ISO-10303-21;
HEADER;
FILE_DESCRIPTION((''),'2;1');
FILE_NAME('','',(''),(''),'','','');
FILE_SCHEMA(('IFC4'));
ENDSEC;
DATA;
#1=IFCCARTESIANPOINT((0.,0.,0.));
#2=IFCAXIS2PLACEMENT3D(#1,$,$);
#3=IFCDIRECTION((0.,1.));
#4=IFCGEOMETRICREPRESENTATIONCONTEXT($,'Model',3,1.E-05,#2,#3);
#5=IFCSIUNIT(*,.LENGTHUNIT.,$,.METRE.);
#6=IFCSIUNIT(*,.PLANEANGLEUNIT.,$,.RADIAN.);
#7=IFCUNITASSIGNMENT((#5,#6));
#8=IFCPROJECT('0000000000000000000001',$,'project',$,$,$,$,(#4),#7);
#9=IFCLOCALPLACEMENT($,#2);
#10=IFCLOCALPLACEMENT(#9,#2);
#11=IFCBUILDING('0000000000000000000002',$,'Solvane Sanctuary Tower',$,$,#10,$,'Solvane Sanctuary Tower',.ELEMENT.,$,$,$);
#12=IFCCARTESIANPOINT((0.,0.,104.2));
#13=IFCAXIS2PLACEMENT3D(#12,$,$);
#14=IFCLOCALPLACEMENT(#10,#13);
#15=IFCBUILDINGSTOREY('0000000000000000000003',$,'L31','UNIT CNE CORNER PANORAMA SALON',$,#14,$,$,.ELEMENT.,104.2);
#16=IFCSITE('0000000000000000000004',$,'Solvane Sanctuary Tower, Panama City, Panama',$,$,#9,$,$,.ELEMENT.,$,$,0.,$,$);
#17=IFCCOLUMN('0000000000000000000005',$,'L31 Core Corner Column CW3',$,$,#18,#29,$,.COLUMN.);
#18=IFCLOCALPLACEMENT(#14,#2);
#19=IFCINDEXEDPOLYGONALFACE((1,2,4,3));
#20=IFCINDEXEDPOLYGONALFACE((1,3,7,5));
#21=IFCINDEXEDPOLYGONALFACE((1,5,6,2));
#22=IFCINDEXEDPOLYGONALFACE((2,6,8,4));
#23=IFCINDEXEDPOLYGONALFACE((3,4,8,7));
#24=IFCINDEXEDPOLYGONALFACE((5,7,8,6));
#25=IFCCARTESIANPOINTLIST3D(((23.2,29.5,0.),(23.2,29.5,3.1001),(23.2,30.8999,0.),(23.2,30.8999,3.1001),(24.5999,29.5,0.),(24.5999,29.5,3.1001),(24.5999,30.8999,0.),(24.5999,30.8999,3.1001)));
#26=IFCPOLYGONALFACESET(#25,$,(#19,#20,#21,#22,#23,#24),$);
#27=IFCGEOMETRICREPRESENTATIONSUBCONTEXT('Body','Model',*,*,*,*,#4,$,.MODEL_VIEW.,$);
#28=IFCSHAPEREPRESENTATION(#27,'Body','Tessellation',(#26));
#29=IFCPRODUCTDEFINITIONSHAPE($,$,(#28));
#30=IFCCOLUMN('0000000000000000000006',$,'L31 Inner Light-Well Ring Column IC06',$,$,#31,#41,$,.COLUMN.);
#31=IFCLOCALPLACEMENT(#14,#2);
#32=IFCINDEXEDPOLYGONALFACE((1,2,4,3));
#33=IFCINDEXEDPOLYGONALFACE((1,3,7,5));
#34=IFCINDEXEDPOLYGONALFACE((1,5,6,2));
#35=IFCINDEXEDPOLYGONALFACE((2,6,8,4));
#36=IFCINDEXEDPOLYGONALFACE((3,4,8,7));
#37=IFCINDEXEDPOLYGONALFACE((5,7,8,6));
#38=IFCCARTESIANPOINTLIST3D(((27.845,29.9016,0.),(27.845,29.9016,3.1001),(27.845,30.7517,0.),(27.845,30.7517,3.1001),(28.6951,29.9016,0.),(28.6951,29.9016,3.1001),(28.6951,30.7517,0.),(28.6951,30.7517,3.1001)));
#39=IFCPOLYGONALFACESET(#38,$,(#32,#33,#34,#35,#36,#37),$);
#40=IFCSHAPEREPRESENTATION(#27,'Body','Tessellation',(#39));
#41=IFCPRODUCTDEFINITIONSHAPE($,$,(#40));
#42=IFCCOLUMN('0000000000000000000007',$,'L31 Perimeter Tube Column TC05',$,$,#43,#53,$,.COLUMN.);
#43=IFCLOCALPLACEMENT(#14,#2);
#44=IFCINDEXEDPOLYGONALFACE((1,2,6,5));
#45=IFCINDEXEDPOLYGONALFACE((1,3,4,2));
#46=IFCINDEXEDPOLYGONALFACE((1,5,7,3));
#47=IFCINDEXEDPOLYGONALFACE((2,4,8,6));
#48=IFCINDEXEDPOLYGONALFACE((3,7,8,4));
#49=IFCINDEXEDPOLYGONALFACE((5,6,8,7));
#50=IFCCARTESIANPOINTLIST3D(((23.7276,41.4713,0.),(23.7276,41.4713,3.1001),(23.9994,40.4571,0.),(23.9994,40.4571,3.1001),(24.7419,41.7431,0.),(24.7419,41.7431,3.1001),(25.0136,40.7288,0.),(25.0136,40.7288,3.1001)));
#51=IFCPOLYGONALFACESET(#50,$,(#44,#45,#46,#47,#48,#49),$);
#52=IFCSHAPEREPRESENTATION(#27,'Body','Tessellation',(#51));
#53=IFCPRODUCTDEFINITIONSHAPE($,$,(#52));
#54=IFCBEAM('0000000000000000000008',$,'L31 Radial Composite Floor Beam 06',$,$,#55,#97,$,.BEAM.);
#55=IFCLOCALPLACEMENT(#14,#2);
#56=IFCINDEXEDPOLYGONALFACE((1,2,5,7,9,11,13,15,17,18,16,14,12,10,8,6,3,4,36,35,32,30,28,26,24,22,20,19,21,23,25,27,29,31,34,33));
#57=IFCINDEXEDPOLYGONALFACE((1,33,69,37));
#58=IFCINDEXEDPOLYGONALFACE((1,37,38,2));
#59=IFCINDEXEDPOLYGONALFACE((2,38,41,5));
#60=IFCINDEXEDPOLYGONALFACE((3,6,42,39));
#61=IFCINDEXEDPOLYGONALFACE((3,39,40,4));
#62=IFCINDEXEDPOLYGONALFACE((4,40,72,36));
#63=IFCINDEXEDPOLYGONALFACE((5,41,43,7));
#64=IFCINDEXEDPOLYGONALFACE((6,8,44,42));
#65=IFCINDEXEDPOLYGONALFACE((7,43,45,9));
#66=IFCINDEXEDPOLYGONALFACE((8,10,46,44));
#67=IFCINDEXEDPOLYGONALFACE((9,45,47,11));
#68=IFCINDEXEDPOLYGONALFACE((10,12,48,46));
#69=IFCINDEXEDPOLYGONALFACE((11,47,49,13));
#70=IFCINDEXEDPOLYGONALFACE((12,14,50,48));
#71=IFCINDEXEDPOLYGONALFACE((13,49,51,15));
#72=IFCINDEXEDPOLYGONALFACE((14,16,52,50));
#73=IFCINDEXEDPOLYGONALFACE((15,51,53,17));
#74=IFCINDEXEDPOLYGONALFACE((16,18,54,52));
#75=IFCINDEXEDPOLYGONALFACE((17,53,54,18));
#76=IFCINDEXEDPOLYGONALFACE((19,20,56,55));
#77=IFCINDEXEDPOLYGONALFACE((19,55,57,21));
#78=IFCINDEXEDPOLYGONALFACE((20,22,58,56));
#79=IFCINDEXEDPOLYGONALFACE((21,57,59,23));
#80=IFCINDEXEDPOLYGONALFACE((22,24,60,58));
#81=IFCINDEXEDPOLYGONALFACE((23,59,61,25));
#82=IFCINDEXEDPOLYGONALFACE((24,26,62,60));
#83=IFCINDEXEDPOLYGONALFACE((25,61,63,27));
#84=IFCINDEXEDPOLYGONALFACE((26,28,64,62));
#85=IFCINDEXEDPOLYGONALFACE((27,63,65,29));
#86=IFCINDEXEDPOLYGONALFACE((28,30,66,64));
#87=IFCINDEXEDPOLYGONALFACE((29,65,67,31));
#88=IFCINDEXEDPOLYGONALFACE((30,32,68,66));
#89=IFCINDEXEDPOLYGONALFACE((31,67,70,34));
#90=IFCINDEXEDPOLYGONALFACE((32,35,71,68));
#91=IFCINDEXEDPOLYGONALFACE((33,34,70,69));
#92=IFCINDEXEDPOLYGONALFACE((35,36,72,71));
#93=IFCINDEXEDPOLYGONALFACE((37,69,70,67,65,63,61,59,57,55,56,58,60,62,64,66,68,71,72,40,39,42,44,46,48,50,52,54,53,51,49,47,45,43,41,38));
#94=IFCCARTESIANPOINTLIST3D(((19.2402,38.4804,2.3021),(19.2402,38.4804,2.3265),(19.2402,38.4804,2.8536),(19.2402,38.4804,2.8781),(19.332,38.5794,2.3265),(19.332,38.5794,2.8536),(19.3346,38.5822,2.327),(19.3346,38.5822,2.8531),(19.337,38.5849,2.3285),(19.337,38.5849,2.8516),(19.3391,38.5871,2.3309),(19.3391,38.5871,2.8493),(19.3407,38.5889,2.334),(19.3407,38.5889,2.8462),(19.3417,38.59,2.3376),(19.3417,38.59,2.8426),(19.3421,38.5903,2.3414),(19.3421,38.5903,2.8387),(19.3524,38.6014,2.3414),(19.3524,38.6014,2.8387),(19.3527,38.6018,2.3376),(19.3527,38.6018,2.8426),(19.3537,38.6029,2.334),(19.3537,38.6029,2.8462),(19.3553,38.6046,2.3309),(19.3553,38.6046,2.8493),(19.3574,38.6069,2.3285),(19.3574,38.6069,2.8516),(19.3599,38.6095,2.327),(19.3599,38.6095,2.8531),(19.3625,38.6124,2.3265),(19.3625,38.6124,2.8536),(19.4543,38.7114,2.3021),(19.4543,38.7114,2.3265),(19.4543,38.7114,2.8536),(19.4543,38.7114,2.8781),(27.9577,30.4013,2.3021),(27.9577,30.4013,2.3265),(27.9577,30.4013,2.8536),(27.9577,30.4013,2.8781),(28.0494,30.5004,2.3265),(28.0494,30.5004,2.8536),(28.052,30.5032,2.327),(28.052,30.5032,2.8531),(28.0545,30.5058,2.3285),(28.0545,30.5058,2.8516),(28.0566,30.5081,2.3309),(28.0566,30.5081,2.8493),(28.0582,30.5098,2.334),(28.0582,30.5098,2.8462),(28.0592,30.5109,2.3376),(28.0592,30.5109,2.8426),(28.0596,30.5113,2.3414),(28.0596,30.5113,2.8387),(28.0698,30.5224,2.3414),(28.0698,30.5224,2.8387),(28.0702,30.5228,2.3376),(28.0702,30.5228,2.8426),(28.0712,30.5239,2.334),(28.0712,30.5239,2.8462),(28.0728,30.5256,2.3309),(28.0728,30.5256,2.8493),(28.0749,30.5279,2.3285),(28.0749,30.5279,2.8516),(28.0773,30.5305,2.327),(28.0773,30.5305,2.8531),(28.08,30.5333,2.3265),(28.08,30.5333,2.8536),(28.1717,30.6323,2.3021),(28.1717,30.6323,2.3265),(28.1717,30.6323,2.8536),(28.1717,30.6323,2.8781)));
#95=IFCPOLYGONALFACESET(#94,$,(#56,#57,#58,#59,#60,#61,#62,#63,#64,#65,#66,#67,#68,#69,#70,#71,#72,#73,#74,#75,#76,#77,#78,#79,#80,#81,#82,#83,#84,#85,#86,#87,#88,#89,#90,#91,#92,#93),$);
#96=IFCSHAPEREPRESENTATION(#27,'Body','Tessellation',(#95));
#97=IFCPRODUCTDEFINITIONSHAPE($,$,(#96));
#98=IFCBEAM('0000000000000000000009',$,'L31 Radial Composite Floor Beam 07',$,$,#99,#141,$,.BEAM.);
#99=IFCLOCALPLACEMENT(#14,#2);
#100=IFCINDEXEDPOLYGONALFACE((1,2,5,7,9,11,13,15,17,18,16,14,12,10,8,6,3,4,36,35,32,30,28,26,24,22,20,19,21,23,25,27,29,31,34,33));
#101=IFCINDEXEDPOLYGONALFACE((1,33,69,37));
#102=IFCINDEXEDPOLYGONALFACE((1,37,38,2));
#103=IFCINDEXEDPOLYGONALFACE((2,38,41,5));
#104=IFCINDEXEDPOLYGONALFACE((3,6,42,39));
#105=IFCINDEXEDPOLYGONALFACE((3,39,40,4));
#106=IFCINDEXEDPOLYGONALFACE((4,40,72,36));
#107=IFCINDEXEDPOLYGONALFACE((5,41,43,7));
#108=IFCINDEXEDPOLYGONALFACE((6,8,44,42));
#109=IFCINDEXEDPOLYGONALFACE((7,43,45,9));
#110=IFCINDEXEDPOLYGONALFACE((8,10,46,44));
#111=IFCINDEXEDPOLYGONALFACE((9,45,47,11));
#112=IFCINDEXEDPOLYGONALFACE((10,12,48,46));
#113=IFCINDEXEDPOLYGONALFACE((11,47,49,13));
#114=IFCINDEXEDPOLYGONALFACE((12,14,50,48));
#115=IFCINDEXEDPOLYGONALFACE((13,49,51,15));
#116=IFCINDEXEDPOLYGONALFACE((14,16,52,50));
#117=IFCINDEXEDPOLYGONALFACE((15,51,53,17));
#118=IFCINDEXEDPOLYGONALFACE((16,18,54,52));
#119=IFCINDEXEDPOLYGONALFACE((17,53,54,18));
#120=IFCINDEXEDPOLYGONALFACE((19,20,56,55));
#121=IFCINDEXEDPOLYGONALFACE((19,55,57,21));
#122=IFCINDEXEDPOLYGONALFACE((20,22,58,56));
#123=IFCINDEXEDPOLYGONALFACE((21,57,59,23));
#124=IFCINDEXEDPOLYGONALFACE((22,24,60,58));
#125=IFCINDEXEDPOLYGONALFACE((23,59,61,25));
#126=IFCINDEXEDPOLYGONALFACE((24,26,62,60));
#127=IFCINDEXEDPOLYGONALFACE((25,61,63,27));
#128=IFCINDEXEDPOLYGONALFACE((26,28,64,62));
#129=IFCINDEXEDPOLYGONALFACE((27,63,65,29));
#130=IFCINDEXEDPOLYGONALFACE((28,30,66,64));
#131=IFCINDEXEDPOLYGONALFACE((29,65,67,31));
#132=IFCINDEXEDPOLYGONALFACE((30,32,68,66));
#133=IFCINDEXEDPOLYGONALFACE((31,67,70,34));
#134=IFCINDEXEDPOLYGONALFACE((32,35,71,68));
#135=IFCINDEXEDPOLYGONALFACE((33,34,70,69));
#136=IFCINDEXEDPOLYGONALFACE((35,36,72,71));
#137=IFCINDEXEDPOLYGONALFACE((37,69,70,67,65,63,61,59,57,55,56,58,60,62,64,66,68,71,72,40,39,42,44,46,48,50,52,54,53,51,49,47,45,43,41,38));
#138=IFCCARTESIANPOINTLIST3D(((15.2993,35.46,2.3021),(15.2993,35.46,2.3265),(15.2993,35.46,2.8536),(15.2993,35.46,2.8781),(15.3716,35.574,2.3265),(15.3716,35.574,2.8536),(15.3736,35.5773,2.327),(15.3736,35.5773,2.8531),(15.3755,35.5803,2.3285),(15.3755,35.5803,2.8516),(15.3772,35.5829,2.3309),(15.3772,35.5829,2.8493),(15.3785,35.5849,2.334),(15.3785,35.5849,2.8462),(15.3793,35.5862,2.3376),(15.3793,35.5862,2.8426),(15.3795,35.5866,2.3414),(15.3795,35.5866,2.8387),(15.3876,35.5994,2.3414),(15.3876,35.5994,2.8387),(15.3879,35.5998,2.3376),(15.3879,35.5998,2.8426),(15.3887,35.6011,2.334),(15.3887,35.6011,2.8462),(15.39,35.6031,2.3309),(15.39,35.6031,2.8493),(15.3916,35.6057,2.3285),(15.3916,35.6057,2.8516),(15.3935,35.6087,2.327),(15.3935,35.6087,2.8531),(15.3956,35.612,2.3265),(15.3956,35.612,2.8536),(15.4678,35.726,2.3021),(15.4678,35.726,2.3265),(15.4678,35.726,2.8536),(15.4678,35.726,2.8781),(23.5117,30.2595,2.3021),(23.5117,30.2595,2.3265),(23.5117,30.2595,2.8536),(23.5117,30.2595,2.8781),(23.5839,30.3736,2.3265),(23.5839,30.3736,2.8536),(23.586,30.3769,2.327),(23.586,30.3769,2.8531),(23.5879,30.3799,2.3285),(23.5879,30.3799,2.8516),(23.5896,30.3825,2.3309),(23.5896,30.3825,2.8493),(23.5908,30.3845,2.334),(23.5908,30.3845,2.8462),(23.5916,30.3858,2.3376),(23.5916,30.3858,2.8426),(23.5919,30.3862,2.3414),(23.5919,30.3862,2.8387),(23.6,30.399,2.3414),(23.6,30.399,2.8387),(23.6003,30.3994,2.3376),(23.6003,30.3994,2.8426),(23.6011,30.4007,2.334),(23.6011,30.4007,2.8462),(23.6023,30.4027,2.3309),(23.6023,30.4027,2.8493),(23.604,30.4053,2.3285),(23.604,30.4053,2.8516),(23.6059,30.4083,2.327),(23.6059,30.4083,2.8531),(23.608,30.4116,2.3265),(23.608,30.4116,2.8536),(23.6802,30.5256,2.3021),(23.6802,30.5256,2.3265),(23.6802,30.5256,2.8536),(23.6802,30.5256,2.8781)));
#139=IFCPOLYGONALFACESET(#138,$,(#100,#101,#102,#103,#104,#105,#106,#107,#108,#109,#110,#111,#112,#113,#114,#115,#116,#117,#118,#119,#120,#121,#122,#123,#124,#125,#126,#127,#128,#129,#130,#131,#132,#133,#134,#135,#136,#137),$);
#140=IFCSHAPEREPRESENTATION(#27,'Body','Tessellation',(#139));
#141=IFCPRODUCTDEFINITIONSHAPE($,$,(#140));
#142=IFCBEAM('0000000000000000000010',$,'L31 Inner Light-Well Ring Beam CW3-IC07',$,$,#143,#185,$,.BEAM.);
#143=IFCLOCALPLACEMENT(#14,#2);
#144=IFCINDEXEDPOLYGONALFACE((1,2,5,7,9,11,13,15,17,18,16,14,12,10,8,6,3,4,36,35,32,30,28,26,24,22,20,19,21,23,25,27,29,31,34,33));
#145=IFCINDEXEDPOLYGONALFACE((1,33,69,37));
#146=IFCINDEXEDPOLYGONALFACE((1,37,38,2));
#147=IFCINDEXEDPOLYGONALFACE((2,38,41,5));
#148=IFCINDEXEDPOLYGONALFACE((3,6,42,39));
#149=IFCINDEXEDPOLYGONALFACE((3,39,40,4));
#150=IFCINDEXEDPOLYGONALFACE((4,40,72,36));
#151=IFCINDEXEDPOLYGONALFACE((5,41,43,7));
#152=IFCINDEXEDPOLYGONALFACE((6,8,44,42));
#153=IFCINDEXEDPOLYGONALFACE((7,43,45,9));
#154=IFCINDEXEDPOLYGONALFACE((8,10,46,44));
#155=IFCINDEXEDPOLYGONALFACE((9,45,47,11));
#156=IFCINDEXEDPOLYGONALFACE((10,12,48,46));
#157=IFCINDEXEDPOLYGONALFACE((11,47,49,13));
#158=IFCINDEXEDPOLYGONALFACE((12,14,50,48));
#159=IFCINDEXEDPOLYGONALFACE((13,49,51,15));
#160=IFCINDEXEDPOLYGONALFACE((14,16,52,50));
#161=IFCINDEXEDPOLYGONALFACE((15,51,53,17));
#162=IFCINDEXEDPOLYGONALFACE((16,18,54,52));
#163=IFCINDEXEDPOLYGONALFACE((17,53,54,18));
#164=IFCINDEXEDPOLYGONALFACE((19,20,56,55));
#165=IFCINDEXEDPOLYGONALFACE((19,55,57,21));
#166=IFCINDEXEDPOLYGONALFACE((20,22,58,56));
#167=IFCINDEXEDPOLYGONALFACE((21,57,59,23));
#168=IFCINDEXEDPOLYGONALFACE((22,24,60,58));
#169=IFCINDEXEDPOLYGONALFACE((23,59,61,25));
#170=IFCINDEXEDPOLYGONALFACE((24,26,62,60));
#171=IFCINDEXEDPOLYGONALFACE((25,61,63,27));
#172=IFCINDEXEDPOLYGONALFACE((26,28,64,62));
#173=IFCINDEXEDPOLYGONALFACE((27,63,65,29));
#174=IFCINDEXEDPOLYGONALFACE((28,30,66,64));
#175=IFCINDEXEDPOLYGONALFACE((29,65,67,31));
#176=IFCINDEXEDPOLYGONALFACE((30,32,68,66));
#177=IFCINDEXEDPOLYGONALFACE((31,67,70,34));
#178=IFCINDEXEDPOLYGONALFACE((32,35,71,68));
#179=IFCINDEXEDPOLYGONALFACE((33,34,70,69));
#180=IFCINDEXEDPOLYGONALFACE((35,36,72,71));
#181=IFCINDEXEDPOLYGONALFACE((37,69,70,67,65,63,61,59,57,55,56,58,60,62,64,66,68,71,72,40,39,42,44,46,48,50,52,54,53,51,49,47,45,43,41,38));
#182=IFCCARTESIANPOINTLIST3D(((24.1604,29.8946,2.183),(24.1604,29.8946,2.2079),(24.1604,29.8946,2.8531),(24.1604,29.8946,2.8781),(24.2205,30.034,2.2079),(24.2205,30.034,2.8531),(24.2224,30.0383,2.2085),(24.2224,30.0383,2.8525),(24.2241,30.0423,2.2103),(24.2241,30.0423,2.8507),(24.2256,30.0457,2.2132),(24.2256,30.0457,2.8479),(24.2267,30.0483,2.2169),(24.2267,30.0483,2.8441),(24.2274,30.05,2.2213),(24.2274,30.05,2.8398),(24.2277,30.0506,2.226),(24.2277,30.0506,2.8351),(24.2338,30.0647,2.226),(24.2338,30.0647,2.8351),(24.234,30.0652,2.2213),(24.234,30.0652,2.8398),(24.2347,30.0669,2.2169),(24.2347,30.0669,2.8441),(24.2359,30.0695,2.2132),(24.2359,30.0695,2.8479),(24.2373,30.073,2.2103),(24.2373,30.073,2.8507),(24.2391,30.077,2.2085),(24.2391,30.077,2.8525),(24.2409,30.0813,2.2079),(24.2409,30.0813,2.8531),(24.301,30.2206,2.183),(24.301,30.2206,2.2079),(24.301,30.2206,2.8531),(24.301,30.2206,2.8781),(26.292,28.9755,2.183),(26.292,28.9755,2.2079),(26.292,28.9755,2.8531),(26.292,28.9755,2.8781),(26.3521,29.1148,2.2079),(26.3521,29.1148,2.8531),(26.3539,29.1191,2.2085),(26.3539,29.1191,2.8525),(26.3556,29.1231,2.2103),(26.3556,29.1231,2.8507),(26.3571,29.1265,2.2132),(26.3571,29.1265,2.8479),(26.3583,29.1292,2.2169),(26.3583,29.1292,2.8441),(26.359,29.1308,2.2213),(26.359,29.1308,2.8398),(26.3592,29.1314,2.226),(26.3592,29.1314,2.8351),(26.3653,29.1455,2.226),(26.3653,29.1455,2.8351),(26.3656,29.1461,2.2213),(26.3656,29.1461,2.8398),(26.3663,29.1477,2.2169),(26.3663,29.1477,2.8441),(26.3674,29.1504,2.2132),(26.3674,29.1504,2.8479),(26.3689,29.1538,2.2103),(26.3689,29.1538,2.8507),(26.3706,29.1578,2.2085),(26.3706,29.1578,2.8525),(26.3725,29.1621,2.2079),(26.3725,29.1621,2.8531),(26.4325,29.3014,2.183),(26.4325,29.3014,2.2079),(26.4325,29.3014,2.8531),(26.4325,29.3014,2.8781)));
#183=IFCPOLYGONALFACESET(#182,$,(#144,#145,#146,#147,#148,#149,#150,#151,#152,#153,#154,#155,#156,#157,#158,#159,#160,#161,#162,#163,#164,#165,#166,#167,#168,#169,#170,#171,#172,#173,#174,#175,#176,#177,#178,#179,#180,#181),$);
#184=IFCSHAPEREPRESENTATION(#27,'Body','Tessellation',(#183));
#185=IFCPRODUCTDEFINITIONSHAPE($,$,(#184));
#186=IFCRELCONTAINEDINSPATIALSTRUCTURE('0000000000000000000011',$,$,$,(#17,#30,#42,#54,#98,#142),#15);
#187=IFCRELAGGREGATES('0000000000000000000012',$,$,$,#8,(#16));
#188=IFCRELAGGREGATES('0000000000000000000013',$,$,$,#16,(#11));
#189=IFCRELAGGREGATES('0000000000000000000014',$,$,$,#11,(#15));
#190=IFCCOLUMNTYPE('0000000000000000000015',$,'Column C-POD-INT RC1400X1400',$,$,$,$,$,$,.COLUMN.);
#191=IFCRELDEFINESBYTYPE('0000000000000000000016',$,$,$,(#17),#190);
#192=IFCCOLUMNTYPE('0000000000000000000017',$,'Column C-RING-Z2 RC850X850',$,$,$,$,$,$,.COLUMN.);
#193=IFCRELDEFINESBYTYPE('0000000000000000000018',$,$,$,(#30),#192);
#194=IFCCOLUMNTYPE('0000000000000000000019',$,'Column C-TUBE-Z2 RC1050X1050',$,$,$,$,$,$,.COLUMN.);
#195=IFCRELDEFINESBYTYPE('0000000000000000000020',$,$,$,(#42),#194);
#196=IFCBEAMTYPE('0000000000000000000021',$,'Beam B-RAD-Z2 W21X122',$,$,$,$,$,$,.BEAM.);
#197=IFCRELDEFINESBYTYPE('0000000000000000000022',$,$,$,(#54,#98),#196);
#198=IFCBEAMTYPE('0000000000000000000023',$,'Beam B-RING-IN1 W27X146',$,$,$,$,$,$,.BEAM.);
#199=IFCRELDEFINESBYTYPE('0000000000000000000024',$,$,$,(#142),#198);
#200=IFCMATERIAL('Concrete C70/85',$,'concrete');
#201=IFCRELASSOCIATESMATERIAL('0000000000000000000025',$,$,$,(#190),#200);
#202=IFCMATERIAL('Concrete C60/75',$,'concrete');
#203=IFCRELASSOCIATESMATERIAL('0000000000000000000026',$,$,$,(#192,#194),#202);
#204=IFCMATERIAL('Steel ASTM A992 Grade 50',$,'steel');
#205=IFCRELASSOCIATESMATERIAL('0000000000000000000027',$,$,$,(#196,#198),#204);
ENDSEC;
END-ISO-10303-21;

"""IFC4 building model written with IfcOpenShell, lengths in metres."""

from ifc_helpers import new_model, si_unit, direction, frame, origin, origin_2d, place, context, subcontext, project, spatial, rectangle, i_section, extrude, material, material_profile, profile_set, type_object, element, save


model = new_model("IFC4")

# Units and contexts
model_context = context("Model", 3, precision=1e-05, world=origin(), true_north=direction((0.0, 1.0)))
body_context = subcontext(model_context, "Body", "Model", "MODEL_VIEW")
ifc_project = project(units=[si_unit("LENGTHUNIT", "METRE"), si_unit("PLANEANGLEUNIT", "RADIAN")], contexts=[model_context])

# Site, building, storey
site_placement = place(None, origin())
site = spatial("IfcSite", under=ifc_project, at=site_placement, Name="Solvane Sanctuary Tower, Panama City, Panama", CompositionType="ELEMENT", RefElevation=0.0)
building_placement = place(site_placement, origin())
building = spatial("IfcBuilding", under=site, at=building_placement, Name="Solvane Sanctuary Tower", LongName="Solvane Sanctuary Tower", CompositionType="ELEMENT")
storey_placement = place(building_placement, frame((0.0, 0.0, 104.2)))
storey = spatial("IfcBuildingStorey", under=building, at=storey_placement, Name="L31", Description="UNIT CNE CORNER PANORAMA SALON", CompositionType="ELEMENT", Elevation=104.2)

# Columns
ifc_material_1 = material(Name="Concrete C70/85", Category="concrete")
ifc_material_profile_1 = material_profile(ifc_material_1, rectangle(XDim=1.3999, YDim=1.3999, at=origin_2d()), Name="RC1400X1400")
ifc_profile_set_1 = profile_set([ifc_material_profile_1], Name="Concrete C70/85")
column_type_1 = type_object("IfcColumnType", Name="Column C-POD-INT RC1400X1400", PredefinedType="COLUMN", material=ifc_profile_set_1)
column_1_placement = place(storey_placement, frame((23.8999, 30.2, 0.0), z_axis=(0.0, 0.0, 1.0), x_axis=(1.0, 0.0, 0.0)))
element("IfcColumn", 1, at=column_1_placement, inside=storey, type_object=column_type_1, Name="L31 Core Corner Column CW3", PredefinedType="COLUMN", context=body_context, shape_type="SweptSolid", body=[
    extrude(rectangle(XDim=1.3999, YDim=1.3999, at=origin_2d()), origin(), (0.0, 0.0, 1.0), 3.1001),
])
ifc_material_2 = material(Name="Concrete C60/75", Category="concrete")
ifc_material_profile_2 = material_profile(ifc_material_2, rectangle(XDim=0.8501, YDim=0.8501, at=origin_2d()), Name="RC850X850")
ifc_profile_set_2 = profile_set([ifc_material_profile_2], Name="Concrete C60/75")
column_type_2 = type_object("IfcColumnType", Name="Column C-RING-Z2 RC850X850", PredefinedType="COLUMN", material=ifc_profile_set_2)
column_2_placement = place(storey_placement, frame((28.27, 30.3267, 0.0), z_axis=(0.0, 0.0, 1.0), x_axis=(1.0, 0.0, 0.0)))
element("IfcColumn", 2, at=column_2_placement, inside=storey, type_object=column_type_2, Name="L31 Inner Light-Well Ring Column IC06", PredefinedType="COLUMN", context=body_context, shape_type="SweptSolid", body=[
    extrude(rectangle(XDim=0.8501, YDim=0.8501, at=origin_2d()), origin(), (0.0, 0.0, 1.0), 3.1001),
])
ifc_material_profile_3 = material_profile(ifc_material_2, rectangle(XDim=1.05, YDim=1.05, at=origin_2d()), Name="RC1050X1050")
ifc_profile_set_3 = profile_set([ifc_material_profile_3], Name="Concrete C60/75")
column_type_3 = type_object("IfcColumnType", Name="Column C-TUBE-Z2 RC1050X1050", PredefinedType="COLUMN", material=ifc_profile_set_3)
column_3_placement = place(storey_placement, frame((24.3706, 41.1001, 0.0), z_axis=(0.0, 0.0, 1.0), x_axis=(-0.258819, 0.965926, 0.0)))
element("IfcColumn", 3, at=column_3_placement, inside=storey, type_object=column_type_3, Name="L31 Perimeter Tube Column TC05", PredefinedType="COLUMN", context=body_context, shape_type="SweptSolid", body=[
    extrude(rectangle(XDim=1.05, YDim=1.05, at=origin_2d()), origin(), (0.0, 0.0, 1.0), 3.1001),
])

# Beams
ifc_material_3 = material(Name="Steel ASTM A992 Grade 50", Category="steel")
ifc_material_profile_4 = material_profile(ifc_material_3, i_section(OverallWidth=0.3149, OverallDepth=0.5759, WebThickness=0.0151, FlangeThickness=0.0244, FilletRadius=0.0149, at=origin_2d()), Name="W21X122")
ifc_profile_set_4 = profile_set([ifc_material_profile_4], Name="Steel ASTM A992 Grade 50")
beam_type_1 = type_object("IfcBeamType", Name="Beam B-RAD-Z2 W21X122", PredefinedType="BEAM", material=ifc_profile_set_4)
beam_1_placement = place(storey_placement, frame((28.0647, 30.5168, 2.5901), z_axis=(-0.733454, 0.679739, 0.0), x_axis=(-0.679739, -0.733454, 0.0)))
element("IfcBeam", 4, at=beam_1_placement, inside=storey, type_object=beam_type_1, Name="L31 Radial Composite Floor Beam 06", PredefinedType="BEAM", context=body_context, shape_type="SweptSolid", body=[
    extrude(i_section(OverallWidth=0.3149, OverallDepth=0.5759, WebThickness=0.0151, FlangeThickness=0.0244, FilletRadius=0.0149, at=origin_2d()), origin(), (0.0, 0.0, 1.0), 11.8855),
])
beam_2_placement = place(storey_placement, frame((23.5959, 30.3926, 2.5901), z_axis=(-0.844854, 0.534997, 0.0), x_axis=(-0.534997, -0.844854, 0.0)))
element("IfcBeam", 5, at=beam_2_placement, inside=storey, type_object=beam_type_1, Name="L31 Radial Composite Floor Beam 07", PredefinedType="BEAM", context=body_context, shape_type="SweptSolid", body=[
    extrude(i_section(OverallWidth=0.3149, OverallDepth=0.5759, WebThickness=0.0151, FlangeThickness=0.0244, FilletRadius=0.0149, at=origin_2d()), origin(), (0.0, 0.0, 1.0), 9.7205),
])
ifc_material_profile_5 = material_profile(ifc_material_3, i_section(OverallWidth=0.355, OverallDepth=0.6951, WebThickness=0.0154, FlangeThickness=0.0249, FilletRadius=0.0181, at=origin_2d()), Name="W27X146")
ifc_profile_set_5 = profile_set([ifc_material_profile_5], Name="Steel ASTM A992 Grade 50")
beam_type_2 = type_object("IfcBeamType", Name="Beam B-RING-IN1 W27X146", PredefinedType="BEAM", material=ifc_profile_set_5)
beam_3_placement = place(storey_placement, frame((24.2307, 30.0576, 2.5305), z_axis=(0.918261, -0.395975, 0.0), x_axis=(0.395975, 0.918261, 0.0)))
element("IfcBeam", 6, at=beam_3_placement, inside=storey, type_object=beam_type_2, Name="L31 Inner Light-Well Ring Beam CW3-IC07", PredefinedType="BEAM", context=body_context, shape_type="SweptSolid", body=[
    extrude(i_section(OverallWidth=0.355, OverallDepth=0.6951, WebThickness=0.0154, FlangeThickness=0.0249, FilletRadius=0.0181, at=origin_2d()), origin(), (0.0, 0.0, 1.0), 2.3213),
])

save(model, "model.ifc")
